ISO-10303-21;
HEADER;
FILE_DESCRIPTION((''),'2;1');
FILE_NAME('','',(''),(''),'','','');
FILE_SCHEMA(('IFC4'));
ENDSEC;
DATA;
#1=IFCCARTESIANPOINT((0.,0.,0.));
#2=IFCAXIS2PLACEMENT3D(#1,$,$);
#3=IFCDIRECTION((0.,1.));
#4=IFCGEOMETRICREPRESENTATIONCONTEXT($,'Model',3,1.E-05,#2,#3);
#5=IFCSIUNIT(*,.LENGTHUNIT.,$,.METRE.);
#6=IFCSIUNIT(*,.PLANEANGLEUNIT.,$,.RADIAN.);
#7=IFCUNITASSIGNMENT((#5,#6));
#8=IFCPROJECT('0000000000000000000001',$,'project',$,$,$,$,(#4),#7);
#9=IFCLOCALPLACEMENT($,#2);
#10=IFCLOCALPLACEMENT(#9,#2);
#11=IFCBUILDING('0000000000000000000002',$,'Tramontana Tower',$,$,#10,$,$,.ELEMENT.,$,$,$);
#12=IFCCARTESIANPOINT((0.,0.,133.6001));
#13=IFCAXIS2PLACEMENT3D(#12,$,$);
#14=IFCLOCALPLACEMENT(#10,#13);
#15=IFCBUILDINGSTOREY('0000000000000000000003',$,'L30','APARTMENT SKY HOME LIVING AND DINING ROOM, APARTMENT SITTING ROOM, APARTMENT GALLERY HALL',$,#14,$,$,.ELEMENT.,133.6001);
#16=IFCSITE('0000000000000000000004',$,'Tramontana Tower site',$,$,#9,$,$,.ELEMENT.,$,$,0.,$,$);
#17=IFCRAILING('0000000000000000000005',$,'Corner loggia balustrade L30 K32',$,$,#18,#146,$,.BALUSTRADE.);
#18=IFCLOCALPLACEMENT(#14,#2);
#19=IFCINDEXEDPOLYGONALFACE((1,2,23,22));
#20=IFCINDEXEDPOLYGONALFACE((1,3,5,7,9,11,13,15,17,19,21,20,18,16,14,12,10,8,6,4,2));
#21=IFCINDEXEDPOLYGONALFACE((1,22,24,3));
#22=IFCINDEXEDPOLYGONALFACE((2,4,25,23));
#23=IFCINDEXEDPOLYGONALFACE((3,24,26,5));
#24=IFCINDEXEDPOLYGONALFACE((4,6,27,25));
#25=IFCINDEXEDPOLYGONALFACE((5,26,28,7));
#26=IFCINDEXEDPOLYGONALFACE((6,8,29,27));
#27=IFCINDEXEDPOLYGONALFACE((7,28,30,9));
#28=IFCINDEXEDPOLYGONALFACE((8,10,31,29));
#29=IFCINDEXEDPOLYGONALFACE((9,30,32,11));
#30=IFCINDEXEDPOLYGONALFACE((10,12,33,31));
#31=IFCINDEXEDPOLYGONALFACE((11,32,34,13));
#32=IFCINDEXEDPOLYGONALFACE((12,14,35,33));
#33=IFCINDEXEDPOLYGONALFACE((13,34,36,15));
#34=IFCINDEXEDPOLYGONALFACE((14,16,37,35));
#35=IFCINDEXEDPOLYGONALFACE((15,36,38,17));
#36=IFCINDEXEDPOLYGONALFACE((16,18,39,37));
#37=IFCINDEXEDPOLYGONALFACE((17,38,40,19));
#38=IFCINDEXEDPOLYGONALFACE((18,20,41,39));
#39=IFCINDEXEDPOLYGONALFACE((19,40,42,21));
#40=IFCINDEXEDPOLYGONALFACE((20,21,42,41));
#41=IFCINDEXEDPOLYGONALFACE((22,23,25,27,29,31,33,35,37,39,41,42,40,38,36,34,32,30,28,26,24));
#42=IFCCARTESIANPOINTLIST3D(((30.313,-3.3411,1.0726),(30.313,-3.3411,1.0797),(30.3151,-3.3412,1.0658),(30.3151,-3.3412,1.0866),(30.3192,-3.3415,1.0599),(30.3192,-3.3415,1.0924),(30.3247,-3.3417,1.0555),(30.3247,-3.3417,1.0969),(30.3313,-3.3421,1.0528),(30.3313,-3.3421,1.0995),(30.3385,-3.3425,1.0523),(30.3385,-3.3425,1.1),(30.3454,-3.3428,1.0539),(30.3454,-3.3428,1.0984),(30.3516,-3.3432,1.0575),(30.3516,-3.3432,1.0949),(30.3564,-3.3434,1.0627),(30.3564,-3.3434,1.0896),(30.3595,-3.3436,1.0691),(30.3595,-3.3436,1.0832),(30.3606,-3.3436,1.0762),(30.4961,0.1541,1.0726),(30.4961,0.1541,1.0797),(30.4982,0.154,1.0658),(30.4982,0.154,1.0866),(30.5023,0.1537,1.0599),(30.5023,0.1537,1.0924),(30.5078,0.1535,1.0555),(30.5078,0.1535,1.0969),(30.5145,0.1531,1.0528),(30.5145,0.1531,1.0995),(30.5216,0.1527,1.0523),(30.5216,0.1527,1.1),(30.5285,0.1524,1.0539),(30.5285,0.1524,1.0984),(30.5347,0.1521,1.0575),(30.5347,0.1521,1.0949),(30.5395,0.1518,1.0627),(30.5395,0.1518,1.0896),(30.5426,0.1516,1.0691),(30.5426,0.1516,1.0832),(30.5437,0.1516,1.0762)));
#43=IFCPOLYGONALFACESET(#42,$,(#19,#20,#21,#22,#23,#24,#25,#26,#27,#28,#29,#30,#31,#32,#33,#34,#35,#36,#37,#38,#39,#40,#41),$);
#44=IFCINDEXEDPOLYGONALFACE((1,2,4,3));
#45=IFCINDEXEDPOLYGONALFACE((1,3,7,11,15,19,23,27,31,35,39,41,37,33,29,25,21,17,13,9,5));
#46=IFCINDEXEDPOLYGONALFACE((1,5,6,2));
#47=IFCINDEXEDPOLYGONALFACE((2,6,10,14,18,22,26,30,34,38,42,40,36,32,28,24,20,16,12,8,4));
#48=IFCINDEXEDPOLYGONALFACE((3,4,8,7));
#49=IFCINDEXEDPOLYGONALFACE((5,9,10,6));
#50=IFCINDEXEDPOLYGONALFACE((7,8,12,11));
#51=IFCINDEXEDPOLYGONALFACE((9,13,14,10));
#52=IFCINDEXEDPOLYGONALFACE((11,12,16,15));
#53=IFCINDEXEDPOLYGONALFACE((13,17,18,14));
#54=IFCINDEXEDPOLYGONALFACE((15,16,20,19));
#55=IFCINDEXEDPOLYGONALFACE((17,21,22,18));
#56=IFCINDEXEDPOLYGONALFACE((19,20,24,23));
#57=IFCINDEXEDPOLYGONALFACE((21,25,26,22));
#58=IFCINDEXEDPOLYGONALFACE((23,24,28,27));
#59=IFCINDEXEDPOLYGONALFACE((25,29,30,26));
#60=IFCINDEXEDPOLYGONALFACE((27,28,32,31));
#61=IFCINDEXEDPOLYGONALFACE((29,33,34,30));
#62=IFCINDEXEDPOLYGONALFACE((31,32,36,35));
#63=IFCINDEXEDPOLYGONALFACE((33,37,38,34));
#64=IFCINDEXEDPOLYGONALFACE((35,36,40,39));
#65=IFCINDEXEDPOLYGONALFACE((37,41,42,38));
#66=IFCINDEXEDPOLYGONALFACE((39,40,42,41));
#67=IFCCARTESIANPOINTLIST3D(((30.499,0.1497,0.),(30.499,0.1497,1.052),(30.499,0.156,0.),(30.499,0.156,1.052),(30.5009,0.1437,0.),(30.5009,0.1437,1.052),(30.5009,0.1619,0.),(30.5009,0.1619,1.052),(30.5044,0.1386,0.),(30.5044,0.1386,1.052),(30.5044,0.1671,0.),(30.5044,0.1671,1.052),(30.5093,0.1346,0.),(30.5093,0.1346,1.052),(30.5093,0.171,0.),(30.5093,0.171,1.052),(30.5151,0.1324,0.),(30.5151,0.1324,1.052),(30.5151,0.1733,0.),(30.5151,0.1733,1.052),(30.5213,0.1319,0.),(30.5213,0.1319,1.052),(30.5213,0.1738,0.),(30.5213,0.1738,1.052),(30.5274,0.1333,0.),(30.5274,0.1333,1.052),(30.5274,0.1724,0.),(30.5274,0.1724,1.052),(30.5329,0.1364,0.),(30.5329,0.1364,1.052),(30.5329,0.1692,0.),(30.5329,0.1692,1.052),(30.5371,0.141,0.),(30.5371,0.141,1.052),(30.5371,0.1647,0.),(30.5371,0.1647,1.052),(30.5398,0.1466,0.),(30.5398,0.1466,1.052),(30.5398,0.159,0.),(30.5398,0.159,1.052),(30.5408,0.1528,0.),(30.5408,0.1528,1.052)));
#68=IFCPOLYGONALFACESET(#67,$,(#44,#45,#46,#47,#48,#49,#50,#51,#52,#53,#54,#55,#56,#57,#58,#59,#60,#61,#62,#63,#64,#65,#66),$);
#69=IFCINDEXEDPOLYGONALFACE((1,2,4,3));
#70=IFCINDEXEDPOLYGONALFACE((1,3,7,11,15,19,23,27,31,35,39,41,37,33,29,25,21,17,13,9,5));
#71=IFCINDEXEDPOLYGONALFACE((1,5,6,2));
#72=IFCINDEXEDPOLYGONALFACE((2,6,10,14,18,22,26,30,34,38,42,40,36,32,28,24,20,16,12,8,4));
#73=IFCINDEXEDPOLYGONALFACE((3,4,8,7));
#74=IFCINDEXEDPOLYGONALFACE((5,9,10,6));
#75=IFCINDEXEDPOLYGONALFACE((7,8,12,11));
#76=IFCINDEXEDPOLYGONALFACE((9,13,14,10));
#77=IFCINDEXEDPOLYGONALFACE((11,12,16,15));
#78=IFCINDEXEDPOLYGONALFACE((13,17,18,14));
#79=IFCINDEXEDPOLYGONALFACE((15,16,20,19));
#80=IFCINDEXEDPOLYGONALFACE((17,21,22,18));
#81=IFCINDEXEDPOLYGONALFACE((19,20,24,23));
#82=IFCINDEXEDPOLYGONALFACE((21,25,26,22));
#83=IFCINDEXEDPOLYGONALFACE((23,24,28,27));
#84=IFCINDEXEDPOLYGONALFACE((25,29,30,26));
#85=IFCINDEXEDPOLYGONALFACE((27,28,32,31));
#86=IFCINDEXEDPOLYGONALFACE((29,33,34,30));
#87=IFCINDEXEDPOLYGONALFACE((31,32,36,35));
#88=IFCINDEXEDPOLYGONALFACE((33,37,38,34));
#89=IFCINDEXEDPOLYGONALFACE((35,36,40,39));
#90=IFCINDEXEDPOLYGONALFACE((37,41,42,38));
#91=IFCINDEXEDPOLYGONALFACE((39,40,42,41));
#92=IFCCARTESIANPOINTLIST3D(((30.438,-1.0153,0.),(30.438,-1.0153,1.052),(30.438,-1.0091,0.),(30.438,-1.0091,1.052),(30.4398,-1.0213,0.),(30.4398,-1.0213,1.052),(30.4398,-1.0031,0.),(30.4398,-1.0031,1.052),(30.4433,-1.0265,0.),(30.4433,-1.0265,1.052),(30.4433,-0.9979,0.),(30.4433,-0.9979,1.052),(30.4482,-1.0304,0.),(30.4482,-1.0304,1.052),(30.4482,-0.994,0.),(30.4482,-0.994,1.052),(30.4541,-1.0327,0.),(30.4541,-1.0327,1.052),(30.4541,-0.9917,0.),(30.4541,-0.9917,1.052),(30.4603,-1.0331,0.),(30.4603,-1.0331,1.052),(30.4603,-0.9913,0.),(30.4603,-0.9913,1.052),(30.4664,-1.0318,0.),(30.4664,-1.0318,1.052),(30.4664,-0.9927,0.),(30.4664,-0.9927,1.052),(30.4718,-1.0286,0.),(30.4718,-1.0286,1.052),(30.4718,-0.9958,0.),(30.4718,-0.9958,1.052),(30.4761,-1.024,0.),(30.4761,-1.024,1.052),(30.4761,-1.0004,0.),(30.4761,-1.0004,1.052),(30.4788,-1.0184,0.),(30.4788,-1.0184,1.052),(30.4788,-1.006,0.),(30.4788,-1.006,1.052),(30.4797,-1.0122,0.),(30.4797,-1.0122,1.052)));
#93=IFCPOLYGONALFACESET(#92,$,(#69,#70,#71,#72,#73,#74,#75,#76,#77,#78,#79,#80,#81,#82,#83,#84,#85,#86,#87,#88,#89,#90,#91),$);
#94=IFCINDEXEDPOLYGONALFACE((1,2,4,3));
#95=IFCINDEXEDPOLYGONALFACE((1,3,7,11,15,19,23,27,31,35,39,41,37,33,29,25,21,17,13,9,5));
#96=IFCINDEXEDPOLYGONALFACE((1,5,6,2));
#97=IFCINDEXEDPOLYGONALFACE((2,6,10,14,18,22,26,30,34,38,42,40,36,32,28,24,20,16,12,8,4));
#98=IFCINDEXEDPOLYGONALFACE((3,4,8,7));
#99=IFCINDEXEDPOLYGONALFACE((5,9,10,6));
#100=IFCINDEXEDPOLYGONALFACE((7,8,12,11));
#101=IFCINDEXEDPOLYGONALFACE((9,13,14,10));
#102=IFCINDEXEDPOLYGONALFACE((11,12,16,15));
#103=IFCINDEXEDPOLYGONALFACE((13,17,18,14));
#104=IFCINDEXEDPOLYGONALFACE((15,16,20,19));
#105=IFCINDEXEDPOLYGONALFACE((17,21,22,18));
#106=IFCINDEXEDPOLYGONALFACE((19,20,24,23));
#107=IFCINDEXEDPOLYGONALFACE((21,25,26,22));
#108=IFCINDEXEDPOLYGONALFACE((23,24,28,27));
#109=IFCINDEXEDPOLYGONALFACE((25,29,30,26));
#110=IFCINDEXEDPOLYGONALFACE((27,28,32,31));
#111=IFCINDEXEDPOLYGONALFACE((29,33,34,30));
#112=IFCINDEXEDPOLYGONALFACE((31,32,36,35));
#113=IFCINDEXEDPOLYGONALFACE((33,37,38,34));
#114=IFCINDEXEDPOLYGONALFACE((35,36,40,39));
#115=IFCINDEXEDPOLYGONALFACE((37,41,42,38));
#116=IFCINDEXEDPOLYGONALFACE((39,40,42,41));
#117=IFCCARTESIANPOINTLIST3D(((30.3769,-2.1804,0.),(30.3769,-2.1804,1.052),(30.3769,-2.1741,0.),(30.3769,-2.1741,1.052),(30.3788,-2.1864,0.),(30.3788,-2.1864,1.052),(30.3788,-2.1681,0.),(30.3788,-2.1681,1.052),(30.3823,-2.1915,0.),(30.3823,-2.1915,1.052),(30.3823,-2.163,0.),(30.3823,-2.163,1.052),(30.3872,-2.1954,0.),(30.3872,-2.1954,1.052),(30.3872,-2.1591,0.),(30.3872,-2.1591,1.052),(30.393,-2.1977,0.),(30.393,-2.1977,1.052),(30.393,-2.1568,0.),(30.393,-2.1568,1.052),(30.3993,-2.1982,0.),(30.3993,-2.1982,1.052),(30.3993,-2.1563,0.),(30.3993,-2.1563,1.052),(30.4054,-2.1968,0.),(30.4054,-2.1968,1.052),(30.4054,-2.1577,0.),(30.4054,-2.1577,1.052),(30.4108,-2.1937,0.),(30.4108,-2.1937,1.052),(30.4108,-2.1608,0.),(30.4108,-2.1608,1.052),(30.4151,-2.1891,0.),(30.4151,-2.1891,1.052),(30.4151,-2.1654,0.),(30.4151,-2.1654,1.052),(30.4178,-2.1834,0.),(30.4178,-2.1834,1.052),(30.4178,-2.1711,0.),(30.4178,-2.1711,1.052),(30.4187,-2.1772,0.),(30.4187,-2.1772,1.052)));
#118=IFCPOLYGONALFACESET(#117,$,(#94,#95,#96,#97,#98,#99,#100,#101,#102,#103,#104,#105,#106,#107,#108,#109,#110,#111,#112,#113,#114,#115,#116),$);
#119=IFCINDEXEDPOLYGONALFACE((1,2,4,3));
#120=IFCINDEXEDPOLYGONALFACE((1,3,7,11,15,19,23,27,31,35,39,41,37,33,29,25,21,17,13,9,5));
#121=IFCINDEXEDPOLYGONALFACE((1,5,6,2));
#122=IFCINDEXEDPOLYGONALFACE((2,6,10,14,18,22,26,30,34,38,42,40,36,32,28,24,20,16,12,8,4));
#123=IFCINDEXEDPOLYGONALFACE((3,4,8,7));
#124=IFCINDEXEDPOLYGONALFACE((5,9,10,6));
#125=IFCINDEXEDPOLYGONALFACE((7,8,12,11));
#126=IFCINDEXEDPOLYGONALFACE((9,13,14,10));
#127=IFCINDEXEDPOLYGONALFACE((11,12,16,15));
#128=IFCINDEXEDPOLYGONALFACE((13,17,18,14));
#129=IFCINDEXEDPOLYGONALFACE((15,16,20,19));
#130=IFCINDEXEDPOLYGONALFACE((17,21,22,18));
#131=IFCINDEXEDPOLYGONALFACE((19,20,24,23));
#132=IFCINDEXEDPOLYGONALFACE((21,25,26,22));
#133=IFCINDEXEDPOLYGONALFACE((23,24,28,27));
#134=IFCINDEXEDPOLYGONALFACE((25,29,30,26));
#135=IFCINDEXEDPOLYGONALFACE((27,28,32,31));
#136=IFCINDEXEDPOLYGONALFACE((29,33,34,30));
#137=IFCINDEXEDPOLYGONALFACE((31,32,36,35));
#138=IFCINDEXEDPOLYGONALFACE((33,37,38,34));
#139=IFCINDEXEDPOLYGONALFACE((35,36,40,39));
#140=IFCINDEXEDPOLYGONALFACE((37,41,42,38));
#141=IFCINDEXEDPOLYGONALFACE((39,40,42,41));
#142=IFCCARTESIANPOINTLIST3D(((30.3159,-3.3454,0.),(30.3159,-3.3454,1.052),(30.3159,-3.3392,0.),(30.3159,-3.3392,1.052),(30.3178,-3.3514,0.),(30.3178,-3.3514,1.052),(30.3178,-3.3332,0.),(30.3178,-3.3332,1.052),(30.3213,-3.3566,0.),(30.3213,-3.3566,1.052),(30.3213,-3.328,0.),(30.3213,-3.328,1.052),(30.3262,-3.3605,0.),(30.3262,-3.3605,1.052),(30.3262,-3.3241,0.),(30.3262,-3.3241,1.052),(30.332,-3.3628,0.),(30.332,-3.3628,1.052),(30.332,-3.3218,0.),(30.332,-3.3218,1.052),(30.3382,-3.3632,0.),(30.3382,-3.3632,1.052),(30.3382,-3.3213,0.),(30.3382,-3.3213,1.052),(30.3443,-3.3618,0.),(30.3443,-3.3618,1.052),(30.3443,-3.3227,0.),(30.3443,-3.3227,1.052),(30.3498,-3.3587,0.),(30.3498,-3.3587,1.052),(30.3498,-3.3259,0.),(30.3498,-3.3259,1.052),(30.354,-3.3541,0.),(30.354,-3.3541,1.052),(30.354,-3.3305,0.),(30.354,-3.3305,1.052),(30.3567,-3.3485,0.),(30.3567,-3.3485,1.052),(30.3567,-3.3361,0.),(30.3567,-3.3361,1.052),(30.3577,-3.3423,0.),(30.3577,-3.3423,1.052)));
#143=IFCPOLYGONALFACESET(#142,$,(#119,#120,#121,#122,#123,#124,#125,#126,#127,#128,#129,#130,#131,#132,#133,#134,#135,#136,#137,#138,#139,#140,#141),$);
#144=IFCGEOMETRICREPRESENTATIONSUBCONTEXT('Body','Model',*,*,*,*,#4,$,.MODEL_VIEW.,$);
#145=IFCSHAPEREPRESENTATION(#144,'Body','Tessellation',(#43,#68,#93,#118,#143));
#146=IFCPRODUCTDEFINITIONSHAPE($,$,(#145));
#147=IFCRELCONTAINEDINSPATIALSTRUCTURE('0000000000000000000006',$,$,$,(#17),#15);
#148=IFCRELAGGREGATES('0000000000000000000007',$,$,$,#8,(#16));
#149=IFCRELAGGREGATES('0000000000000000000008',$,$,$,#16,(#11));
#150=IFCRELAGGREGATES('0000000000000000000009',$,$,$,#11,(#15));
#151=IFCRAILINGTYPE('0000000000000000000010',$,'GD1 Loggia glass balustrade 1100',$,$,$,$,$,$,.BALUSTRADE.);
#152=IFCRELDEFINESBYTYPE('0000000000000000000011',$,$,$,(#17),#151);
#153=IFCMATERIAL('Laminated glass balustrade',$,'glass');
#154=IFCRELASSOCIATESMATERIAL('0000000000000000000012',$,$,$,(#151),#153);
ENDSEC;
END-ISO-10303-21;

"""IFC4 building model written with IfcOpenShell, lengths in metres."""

from ifc_helpers import new_model, si_unit, direction, frame, origin, origin_2d, place, context, subcontext, project, spatial, circle, extrude, material, type_object, element, save


model = new_model("IFC4")

# Units and contexts
model_context = context("Model", 3, precision=1e-05, world=origin(), true_north=direction((0.0, 1.0)))
body_context = subcontext(model_context, "Body", "Model", "MODEL_VIEW")
ifc_project = project(units=[si_unit("LENGTHUNIT", "METRE"), si_unit("PLANEANGLEUNIT", "RADIAN")], contexts=[model_context])

# Site, building, storey
site_placement = place(None, origin())
site = spatial("IfcSite", under=ifc_project, at=site_placement, Name="Tramontana Tower site", CompositionType="ELEMENT", RefElevation=0.0)
building_placement = place(site_placement, origin())
building = spatial("IfcBuilding", under=site, at=building_placement, Name="Tramontana Tower", CompositionType="ELEMENT")
storey_placement = place(building_placement, frame((0.0, 0.0, 133.6001)))
storey = spatial("IfcBuildingStorey", under=building, at=storey_placement, Name="L30", Description="APARTMENT SKY HOME LIVING AND DINING ROOM, APARTMENT SITTING ROOM, APARTMENT GALLERY HALL", CompositionType="ELEMENT", Elevation=133.6001)

# Railing
ifc_material_1 = material(Name="Laminated glass balustrade", Category="glass")
railing_type = type_object("IfcRailingType", Name="GD1 Loggia glass balustrade 1100", PredefinedType="BALUSTRADE", material=ifc_material_1)
railing_placement = place(storey_placement, frame((30.5198, 0.1528, 0.0)))
element("IfcRailing", 1, at=railing_placement, inside=storey, type_object=railing_type, Name="Corner loggia balustrade L30 K32", PredefinedType="BALUSTRADE", context=body_context, shape_type="SweptSolid", body=[
    extrude(circle(Radius=0.0239, at=origin_2d()), frame((0.0, 0.0, 1.0762), z_axis=(-0.052317, -0.998631, 0.0), x_axis=(0.998631, -0.052317, 0.0)), (0.0, 0.0, 1.0), 3.5),
    extrude(circle(Radius=0.021, at=origin_2d()), origin(), (0.0, 0.0, 1.0), 1.052),
    extrude(circle(Radius=0.021, at=origin_2d()), frame((-0.061, -1.165, 0.0)), (0.0, 0.0, 1.0), 1.052),
    extrude(circle(Radius=0.021, at=origin_2d()), frame((-0.1221, -2.3301, 0.0)), (0.0, 0.0, 1.0), 1.052),
    extrude(circle(Radius=0.021, at=origin_2d()), frame((-0.1831, -3.4951, 0.0)), (0.0, 0.0, 1.0), 1.052),
])

save(model, "model.ifc")
